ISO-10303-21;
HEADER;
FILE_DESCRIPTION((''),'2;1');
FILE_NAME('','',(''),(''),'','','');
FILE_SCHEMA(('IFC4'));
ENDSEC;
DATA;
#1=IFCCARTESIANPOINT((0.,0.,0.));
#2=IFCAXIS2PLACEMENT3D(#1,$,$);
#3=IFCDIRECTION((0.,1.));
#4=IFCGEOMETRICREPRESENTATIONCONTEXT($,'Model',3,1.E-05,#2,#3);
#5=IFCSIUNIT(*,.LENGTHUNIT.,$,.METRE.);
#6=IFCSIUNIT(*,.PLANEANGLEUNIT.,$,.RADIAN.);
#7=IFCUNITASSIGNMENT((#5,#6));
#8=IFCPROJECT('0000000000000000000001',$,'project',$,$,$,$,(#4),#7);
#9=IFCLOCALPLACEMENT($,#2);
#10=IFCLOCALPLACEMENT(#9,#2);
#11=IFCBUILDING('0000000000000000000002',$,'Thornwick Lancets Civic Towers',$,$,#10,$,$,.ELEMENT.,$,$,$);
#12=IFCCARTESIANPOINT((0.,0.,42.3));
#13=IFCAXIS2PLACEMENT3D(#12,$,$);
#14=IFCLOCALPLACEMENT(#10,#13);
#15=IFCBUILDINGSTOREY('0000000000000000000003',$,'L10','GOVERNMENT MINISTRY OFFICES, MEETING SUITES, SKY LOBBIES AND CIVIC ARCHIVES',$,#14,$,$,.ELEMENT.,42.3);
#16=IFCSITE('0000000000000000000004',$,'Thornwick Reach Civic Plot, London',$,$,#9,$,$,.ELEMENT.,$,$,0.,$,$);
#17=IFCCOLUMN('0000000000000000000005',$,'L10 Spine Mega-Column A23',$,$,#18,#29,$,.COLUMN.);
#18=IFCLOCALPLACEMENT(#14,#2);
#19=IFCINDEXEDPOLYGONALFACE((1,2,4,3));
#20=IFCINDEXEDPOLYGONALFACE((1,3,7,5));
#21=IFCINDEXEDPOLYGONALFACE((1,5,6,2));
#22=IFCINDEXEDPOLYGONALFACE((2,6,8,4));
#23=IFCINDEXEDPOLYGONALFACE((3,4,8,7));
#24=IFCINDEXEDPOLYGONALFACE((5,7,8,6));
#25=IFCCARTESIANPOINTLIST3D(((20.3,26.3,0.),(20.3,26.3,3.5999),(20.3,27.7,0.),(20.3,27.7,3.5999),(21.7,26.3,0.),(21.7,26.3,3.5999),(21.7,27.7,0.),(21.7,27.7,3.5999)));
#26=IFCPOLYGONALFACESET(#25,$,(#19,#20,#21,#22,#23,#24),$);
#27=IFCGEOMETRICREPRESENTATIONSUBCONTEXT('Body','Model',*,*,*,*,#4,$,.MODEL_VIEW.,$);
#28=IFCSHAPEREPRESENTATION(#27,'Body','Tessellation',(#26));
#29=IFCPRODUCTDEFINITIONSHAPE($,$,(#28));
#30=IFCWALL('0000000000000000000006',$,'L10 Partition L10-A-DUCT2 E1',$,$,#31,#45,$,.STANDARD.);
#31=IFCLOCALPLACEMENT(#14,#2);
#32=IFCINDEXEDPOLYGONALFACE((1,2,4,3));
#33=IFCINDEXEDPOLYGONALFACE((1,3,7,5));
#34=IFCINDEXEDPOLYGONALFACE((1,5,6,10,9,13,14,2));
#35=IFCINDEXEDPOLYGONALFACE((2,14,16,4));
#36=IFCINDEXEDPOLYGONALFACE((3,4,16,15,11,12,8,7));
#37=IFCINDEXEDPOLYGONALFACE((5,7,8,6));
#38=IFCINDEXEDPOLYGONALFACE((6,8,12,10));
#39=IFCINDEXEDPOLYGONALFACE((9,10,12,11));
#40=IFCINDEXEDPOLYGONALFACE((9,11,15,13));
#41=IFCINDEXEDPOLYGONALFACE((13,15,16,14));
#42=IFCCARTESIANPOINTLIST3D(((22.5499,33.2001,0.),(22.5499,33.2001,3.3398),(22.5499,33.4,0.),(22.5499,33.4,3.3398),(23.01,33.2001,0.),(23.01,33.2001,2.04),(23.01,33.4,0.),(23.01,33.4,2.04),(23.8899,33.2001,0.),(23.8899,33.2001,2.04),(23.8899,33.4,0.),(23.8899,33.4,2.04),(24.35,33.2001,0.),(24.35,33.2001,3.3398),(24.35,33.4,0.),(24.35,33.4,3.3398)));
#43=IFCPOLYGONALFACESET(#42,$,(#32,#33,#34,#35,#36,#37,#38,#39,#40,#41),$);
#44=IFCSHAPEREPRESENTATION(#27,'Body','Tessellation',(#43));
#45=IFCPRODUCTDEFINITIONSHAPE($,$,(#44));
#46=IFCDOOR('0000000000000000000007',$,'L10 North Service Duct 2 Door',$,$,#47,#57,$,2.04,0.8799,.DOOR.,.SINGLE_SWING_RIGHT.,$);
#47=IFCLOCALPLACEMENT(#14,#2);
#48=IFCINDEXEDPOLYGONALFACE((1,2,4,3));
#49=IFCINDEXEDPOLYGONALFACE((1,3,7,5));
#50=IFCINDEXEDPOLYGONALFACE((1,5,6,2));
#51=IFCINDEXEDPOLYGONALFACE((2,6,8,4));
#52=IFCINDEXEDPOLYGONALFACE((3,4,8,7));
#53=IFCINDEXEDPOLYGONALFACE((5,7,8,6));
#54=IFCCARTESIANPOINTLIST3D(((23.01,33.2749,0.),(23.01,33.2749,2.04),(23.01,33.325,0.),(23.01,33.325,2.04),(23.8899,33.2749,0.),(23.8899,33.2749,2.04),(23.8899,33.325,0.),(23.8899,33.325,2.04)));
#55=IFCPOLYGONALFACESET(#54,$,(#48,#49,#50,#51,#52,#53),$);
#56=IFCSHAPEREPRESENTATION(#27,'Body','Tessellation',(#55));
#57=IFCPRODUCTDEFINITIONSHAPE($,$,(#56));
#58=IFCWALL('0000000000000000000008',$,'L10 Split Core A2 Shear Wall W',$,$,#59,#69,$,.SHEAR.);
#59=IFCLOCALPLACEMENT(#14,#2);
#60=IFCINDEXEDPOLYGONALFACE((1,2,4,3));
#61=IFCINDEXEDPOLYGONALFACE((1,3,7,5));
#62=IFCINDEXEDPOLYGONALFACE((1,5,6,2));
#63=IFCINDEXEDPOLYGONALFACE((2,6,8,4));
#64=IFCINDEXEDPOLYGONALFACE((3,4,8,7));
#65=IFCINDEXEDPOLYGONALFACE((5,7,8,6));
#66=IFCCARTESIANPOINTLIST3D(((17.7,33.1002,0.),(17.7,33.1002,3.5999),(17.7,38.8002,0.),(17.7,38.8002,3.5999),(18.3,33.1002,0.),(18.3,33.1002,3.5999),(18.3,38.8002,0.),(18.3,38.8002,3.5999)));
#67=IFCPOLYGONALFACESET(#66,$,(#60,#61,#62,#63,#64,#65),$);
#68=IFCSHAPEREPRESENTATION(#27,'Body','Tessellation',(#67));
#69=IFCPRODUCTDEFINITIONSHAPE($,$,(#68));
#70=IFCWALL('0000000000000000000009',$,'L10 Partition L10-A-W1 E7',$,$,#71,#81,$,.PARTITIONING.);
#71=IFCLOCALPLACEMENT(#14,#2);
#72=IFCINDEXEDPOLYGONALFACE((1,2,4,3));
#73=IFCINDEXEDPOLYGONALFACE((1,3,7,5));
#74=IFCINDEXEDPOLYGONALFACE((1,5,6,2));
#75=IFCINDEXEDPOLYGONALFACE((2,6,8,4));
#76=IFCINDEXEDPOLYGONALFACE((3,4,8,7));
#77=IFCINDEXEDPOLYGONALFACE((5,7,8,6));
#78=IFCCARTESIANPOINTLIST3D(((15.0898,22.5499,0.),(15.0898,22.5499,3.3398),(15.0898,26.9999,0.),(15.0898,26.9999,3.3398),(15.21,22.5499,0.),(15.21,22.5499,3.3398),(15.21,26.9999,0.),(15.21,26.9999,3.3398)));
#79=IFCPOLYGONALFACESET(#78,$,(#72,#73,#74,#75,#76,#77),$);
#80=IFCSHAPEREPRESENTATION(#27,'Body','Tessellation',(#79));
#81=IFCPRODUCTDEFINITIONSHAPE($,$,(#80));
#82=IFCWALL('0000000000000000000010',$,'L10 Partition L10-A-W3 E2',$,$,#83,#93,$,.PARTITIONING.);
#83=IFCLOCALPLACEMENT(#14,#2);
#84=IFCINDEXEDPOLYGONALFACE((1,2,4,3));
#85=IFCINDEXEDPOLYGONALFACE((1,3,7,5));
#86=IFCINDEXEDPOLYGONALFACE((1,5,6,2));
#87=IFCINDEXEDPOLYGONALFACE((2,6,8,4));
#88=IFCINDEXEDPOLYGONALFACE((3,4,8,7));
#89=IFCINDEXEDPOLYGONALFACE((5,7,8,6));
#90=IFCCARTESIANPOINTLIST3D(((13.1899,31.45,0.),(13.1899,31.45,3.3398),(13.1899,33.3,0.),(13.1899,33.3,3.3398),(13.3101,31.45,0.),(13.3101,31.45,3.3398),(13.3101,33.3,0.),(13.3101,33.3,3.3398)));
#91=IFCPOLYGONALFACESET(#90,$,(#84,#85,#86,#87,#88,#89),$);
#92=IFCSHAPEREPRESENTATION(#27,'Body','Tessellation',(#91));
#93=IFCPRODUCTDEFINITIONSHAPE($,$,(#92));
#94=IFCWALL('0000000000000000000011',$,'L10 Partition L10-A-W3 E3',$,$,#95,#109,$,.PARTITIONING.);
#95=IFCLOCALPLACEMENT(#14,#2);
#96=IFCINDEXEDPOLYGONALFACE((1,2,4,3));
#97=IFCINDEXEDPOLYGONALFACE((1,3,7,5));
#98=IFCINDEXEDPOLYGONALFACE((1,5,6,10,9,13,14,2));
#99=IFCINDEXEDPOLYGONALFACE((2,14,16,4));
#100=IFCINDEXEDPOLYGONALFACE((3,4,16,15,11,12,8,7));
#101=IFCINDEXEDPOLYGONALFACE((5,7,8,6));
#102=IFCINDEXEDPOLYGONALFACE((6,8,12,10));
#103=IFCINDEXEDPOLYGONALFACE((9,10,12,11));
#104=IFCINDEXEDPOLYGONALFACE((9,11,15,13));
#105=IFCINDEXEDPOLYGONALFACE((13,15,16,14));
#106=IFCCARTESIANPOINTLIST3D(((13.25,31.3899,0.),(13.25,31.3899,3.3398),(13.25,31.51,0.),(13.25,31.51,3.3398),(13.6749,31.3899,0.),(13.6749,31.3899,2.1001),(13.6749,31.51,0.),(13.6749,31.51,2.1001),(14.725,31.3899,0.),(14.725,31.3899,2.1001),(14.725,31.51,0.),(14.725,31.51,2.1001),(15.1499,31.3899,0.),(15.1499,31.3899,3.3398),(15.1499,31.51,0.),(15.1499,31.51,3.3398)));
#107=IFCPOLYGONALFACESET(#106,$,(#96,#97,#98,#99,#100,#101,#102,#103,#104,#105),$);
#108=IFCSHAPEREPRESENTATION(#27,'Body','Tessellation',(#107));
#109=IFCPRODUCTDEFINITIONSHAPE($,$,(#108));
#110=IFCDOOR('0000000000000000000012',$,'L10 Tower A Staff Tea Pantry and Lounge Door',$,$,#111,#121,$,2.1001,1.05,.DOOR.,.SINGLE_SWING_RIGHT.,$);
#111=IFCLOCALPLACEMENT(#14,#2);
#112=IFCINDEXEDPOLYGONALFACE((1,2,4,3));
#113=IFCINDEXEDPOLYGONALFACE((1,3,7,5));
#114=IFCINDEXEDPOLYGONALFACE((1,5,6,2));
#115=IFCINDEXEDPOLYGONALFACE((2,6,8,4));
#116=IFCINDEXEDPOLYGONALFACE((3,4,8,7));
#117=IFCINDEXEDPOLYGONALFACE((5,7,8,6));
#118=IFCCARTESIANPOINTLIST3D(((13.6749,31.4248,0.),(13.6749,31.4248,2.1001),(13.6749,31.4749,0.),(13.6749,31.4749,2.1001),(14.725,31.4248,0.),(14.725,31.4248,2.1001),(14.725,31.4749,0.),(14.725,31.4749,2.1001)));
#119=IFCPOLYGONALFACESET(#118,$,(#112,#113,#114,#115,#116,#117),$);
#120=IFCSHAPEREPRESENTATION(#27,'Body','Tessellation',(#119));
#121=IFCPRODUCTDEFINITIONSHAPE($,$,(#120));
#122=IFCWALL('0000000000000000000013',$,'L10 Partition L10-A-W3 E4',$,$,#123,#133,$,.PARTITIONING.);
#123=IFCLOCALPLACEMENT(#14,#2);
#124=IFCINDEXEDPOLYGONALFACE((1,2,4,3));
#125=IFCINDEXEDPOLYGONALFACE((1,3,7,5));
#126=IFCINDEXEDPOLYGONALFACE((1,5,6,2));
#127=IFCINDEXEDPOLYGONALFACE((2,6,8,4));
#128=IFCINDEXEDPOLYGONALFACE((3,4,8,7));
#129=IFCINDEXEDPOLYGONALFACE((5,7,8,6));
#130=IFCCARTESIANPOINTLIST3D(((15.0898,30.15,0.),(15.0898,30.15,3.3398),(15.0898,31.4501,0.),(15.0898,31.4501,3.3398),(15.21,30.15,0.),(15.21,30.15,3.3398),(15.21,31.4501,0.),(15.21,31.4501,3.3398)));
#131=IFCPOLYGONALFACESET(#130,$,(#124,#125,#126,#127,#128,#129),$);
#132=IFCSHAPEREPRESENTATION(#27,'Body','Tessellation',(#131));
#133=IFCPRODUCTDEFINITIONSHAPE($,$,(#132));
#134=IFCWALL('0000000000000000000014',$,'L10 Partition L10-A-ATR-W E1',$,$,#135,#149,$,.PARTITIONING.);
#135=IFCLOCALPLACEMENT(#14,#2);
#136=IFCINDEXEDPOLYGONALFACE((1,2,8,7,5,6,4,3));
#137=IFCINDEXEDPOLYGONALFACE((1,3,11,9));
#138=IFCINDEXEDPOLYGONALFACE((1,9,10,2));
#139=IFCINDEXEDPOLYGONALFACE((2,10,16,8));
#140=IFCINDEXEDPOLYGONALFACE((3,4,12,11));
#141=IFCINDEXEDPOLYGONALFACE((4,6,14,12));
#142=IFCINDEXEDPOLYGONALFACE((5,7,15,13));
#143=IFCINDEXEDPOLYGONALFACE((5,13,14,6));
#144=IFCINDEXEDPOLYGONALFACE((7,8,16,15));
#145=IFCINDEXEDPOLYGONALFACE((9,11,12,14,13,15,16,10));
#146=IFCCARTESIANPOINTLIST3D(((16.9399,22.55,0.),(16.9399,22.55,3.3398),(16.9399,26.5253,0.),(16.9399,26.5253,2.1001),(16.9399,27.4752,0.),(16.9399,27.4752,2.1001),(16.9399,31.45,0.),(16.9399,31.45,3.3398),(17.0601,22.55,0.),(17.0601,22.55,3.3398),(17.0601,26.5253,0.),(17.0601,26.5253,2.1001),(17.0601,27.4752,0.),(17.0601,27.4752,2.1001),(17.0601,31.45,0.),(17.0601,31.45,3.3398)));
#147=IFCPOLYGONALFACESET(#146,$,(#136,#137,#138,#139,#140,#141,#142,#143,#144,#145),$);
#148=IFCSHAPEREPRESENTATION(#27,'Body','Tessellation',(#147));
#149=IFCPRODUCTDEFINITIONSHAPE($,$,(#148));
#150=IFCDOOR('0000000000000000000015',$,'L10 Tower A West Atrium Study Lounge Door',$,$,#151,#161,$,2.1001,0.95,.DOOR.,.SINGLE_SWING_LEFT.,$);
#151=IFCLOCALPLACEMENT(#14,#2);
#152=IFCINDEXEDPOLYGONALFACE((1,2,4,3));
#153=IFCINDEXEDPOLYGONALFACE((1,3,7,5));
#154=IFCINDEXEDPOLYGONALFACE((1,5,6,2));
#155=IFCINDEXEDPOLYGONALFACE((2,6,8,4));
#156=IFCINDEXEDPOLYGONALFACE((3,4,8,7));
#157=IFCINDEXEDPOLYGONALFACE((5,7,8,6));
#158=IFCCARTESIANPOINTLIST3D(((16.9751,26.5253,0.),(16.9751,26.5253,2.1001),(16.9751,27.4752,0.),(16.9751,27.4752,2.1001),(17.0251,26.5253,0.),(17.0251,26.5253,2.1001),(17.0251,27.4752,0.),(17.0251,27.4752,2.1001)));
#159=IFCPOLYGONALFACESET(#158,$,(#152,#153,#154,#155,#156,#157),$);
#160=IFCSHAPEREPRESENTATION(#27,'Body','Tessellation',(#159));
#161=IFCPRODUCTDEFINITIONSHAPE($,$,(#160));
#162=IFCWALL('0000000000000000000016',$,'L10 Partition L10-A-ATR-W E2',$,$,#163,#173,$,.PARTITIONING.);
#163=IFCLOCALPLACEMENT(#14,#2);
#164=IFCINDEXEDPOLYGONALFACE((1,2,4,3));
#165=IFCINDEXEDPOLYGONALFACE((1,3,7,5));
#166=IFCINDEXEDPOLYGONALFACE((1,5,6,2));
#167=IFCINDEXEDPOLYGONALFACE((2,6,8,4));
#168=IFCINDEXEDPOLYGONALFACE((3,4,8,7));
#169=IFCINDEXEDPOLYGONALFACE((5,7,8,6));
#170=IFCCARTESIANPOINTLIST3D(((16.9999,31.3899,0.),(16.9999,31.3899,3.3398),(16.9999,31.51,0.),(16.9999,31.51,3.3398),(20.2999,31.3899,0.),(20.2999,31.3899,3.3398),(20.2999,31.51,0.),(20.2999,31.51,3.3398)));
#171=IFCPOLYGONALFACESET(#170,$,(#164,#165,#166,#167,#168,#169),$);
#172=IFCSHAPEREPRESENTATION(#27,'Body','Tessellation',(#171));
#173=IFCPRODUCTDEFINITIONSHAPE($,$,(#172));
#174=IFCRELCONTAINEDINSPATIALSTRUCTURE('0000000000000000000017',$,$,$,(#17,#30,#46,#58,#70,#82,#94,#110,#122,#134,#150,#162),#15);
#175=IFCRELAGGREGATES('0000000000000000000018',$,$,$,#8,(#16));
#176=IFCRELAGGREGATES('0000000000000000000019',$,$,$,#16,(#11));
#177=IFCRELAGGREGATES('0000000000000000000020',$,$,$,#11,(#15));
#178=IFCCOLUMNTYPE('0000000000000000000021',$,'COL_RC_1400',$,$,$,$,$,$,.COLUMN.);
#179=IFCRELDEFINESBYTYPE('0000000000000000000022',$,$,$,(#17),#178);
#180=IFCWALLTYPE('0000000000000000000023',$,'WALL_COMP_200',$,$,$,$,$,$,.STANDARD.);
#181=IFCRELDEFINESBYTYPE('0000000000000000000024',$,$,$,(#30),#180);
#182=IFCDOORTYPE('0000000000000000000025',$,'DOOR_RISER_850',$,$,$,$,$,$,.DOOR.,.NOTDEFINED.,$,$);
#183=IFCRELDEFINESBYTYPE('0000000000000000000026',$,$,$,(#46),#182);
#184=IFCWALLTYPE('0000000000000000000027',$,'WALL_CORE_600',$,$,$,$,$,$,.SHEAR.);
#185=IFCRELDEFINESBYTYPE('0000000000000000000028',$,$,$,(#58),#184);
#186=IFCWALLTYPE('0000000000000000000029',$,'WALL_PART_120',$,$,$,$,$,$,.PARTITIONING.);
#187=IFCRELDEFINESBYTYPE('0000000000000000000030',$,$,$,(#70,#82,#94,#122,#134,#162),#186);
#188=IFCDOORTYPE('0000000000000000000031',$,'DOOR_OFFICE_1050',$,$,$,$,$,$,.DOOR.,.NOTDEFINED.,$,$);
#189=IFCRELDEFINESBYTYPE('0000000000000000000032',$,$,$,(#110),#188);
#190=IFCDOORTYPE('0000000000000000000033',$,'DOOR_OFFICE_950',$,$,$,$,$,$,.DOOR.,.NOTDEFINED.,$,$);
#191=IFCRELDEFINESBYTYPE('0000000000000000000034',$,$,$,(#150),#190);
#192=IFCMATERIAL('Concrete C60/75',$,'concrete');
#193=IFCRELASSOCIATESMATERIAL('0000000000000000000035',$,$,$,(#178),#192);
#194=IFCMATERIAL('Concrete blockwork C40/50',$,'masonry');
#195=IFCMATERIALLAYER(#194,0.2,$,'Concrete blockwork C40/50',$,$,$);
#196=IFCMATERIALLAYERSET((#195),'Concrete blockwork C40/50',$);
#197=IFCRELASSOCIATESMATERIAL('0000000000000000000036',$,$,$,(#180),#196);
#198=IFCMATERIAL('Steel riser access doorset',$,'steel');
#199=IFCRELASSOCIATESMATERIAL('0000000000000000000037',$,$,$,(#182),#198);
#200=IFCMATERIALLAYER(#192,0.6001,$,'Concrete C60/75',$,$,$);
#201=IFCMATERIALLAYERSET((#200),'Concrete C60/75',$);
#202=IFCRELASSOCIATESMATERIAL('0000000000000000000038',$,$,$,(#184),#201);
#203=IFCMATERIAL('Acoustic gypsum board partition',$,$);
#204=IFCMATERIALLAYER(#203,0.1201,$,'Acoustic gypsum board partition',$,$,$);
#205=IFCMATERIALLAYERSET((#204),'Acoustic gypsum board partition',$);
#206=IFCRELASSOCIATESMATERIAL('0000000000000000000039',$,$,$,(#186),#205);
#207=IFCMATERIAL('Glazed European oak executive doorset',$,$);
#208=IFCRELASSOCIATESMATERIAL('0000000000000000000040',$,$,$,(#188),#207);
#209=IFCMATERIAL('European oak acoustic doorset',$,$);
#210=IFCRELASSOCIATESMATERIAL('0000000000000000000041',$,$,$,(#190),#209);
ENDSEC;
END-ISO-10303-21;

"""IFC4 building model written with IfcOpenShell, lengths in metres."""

from ifc_helpers import new_model, si_unit, direction, frame, frame_2d, origin, origin_2d, place, context, subcontext, project, spatial, rectangle, extrude, material, layer, layer_set, material_profile, profile_set, type_object, element, fill, save


model = new_model("IFC4")

# Units and contexts
model_context = context("Model", 3, precision=1e-05, world=origin(), true_north=direction((0.0, 1.0)))
body_context = subcontext(model_context, "Body", "Model", "MODEL_VIEW")
ifc_project = project(units=[si_unit("LENGTHUNIT", "METRE"), si_unit("PLANEANGLEUNIT", "RADIAN")], contexts=[model_context])

# Site, building, storey
site_placement = place(None, origin())
site = spatial("IfcSite", under=ifc_project, at=site_placement, Name="Thornwick Reach Civic Plot, London", CompositionType="ELEMENT", RefElevation=0.0)
building_placement = place(site_placement, origin())
building = spatial("IfcBuilding", under=site, at=building_placement, Name="Thornwick Lancets Civic Towers", CompositionType="ELEMENT")
storey_placement = place(building_placement, frame((0.0, 0.0, 42.3)))
storey = spatial("IfcBuildingStorey", under=building, at=storey_placement, Name="L10", Description="GOVERNMENT MINISTRY OFFICES, MEETING SUITES, SKY LOBBIES AND CIVIC ARCHIVES", CompositionType="ELEMENT", Elevation=42.3)

# Column
ifc_material_1 = material(Name="Concrete C60/75", Category="concrete")
ifc_material_profile = material_profile(ifc_material_1, rectangle(XDim=1.3999, YDim=1.3999, at=origin_2d()), Name="RC 1400x1400")
ifc_profile_set = profile_set([ifc_material_profile], Name="Concrete C60/75")
column_type = type_object("IfcColumnType", Name="COL_RC_1400", PredefinedType="COLUMN", material=ifc_profile_set)
column_placement = place(storey_placement, frame((21.0, 27.0, 0.0), z_axis=(0.0, 0.0, 1.0), x_axis=(1.0, 0.0, 0.0)))
element("IfcColumn", 1, at=column_placement, inside=storey, type_object=column_type, Name="L10 Spine Mega-Column A23", PredefinedType="COLUMN", context=body_context, shape_type="SweptSolid", body=[
    extrude(rectangle(XDim=1.3999, YDim=1.3999, at=origin_2d()), origin(), (0.0, 0.0, 1.0), 3.5999),
])

# Wall, opening, door
ifc_material_2 = material(Name="Concrete blockwork C40/50", Category="masonry")
ifc_layer_1 = layer(ifc_material_2, 0.2, Name="Concrete blockwork C40/50")
ifc_layer_set_1 = layer_set([ifc_layer_1], Name="Concrete blockwork C40/50")
wall_type_1 = type_object("IfcWallType", Name="WALL_COMP_200", PredefinedType="STANDARD", material=ifc_layer_set_1)
wall_1_placement = place(storey_placement, frame((22.55, 33.3, 0.0), z_axis=(0.0, 0.0, 1.0), x_axis=(1.0, 0.0, 0.0)))
wall_1 = element("IfcWall", 2, at=wall_1_placement, inside=storey, type_object=wall_type_1, Name="L10 Partition L10-A-DUCT2 E1", PredefinedType="STANDARD", context=body_context, shape_type="SweptSolid", body=[
    extrude(rectangle(XDim=1.8, YDim=0.2, at=frame_2d((0.8999, 0.0))), origin(), (0.0, 0.0, 1.0), 3.3398),
])
opening_1_placement = place(wall_1_placement, frame((0.46, 0.0, 0.0)))
opening_1 = element("IfcOpeningElement", 3, at=opening_1_placement, cuts=wall_1, PredefinedType="OPENING", context=body_context, shape_type="SweptSolid", body=[
    extrude(rectangle(XDim=0.8799, YDim=2.04, at=frame_2d((0.4399, 1.02))), frame((0.0, 0.1099, 0.0), z_axis=(0.0, -1.0, 0.0), x_axis=(1.0, 0.0, 0.0)), (0.0, 0.0, 1.0), 0.22),
])
ifc_material_3 = material(Name="Steel riser access doorset", Category="steel")
door_type_1 = type_object("IfcDoorType", Name="DOOR_RISER_850", OperationType="NOTDEFINED", PredefinedType="DOOR", material=ifc_material_3)
door_1_placement = place(opening_1_placement, origin())
door_1 = element("IfcDoor", 4, at=door_1_placement, inside=storey, type_object=door_type_1, Name="L10 North Service Duct 2 Door", OperationType="SINGLE_SWING_RIGHT", OverallHeight=2.04, OverallWidth=0.8799, PredefinedType="DOOR", context=body_context, shape_type="SweptSolid", body=[
    extrude(rectangle(XDim=0.8799, YDim=2.04, at=frame_2d((0.4399, 1.02))), frame((0.0, 0.0249, 0.0), z_axis=(0.0, -1.0, 0.0), x_axis=(1.0, 0.0, 0.0)), (0.0, 0.0, 1.0), 0.05),
])
fill(opening_1, door_1)

# Walls
ifc_layer_2 = layer(ifc_material_1, 0.6001, Name="Concrete C60/75")
ifc_layer_set_2 = layer_set([ifc_layer_2], Name="Concrete C60/75")
wall_type_2 = type_object("IfcWallType", Name="WALL_CORE_600", PredefinedType="SHEAR", material=ifc_layer_set_2)
wall_2_placement = place(storey_placement, frame((18.0, 33.1001, 0.0), z_axis=(0.0, 0.0, 1.0), x_axis=(0.0, 1.0, 0.0)))
element("IfcWall", 5, at=wall_2_placement, inside=storey, type_object=wall_type_2, Name="L10 Split Core A2 Shear Wall W", PredefinedType="SHEAR", context=body_context, shape_type="SweptSolid", body=[
    extrude(rectangle(XDim=5.7, YDim=0.6001, at=frame_2d((2.8501, 0.0))), origin(), (0.0, 0.0, 1.0), 3.5999),
])
ifc_material_4 = material(Name="Acoustic gypsum board partition")
ifc_layer_3 = layer(ifc_material_4, 0.1201, Name="Acoustic gypsum board partition")
ifc_layer_set_3 = layer_set([ifc_layer_3], Name="Acoustic gypsum board partition")
wall_type_3 = type_object("IfcWallType", Name="WALL_PART_120", PredefinedType="PARTITIONING", material=ifc_layer_set_3)
wall_3_placement = place(storey_placement, frame((15.1499, 27.0, 0.0), z_axis=(0.0, 0.0, 1.0), x_axis=(0.0, -1.0, 0.0)))
element("IfcWall", 6, at=wall_3_placement, inside=storey, type_object=wall_type_3, Name="L10 Partition L10-A-W1 E7", PredefinedType="PARTITIONING", context=body_context, shape_type="SweptSolid", body=[
    extrude(rectangle(XDim=4.45, YDim=0.1201, at=frame_2d((2.2251, 0.0))), origin(), (0.0, 0.0, 1.0), 3.3398),
])
wall_4_placement = place(storey_placement, frame((13.25, 33.3, 0.0), z_axis=(0.0, 0.0, 1.0), x_axis=(0.0, -1.0, 0.0)))
element("IfcWall", 7, at=wall_4_placement, inside=storey, type_object=wall_type_3, Name="L10 Partition L10-A-W3 E2", PredefinedType="PARTITIONING", context=body_context, shape_type="SweptSolid", body=[
    extrude(rectangle(XDim=1.8501, YDim=0.1201, at=frame_2d((0.925, 0.0))), origin(), (0.0, 0.0, 1.0), 3.3398),
])

# Wall, opening, door
wall_5_placement = place(storey_placement, frame((13.25, 31.45, 0.0), z_axis=(0.0, 0.0, 1.0), x_axis=(1.0, 0.0, 0.0)))
wall_5 = element("IfcWall", 8, at=wall_5_placement, inside=storey, type_object=wall_type_3, Name="L10 Partition L10-A-W3 E3", PredefinedType="PARTITIONING", context=body_context, shape_type="SweptSolid", body=[
    extrude(rectangle(XDim=1.8999, YDim=0.1201, at=frame_2d((0.95, 0.0))), origin(), (0.0, 0.0, 1.0), 3.3398),
])
opening_2_placement = place(wall_5_placement, frame((0.425, 0.0, 0.0)))
opening_2 = element("IfcOpeningElement", 9, at=opening_2_placement, cuts=wall_5, PredefinedType="OPENING", context=body_context, shape_type="SweptSolid", body=[
    extrude(rectangle(XDim=1.05, YDim=2.1001, at=frame_2d((0.5249, 1.05))), frame((0.0, 0.0701, 0.0), z_axis=(0.0, -1.0, 0.0), x_axis=(1.0, 0.0, 0.0)), (0.0, 0.0, 1.0), 0.1401),
])
ifc_material_5 = material(Name="Glazed European oak executive doorset")
door_type_2 = type_object("IfcDoorType", Name="DOOR_OFFICE_1050", OperationType="NOTDEFINED", PredefinedType="DOOR", material=ifc_material_5)
door_2_placement = place(opening_2_placement, origin())
door_2 = element("IfcDoor", 10, at=door_2_placement, inside=storey, type_object=door_type_2, Name="L10 Tower A Staff Tea Pantry and Lounge Door", OperationType="SINGLE_SWING_RIGHT", OverallHeight=2.1001, OverallWidth=1.05, PredefinedType="DOOR", context=body_context, shape_type="SweptSolid", body=[
    extrude(rectangle(XDim=1.05, YDim=2.1001, at=frame_2d((0.5249, 1.05))), frame((0.0, 0.0249, 0.0), z_axis=(0.0, -1.0, 0.0), x_axis=(1.0, 0.0, 0.0)), (0.0, 0.0, 1.0), 0.05),
])
fill(opening_2, door_2)

# Wall
wall_6_placement = place(storey_placement, frame((15.1499, 31.45, 0.0), z_axis=(0.0, 0.0, 1.0), x_axis=(0.0, -1.0, 0.0)))
element("IfcWall", 11, at=wall_6_placement, inside=storey, type_object=wall_type_3, Name="L10 Partition L10-A-W3 E4", PredefinedType="PARTITIONING", context=body_context, shape_type="SweptSolid", body=[
    extrude(rectangle(XDim=1.3, YDim=0.1201, at=frame_2d((0.6499, 0.0))), origin(), (0.0, 0.0, 1.0), 3.3398),
])

# Wall, opening, door
wall_7_placement = place(storey_placement, frame((17.0, 22.55, 0.0), z_axis=(0.0, 0.0, 1.0), x_axis=(0.0, 1.0, 0.0)))
wall_7 = element("IfcWall", 12, at=wall_7_placement, inside=storey, type_object=wall_type_3, Name="L10 Partition L10-A-ATR-W E1", PredefinedType="PARTITIONING", context=body_context, shape_type="SweptSolid", body=[
    extrude(rectangle(XDim=8.8999, YDim=0.1201, at=frame_2d((4.45, 0.0))), origin(), (0.0, 0.0, 1.0), 3.3398),
])
opening_3_placement = place(wall_7_placement, frame((3.9751, 0.0, 0.0)))
opening_3 = element("IfcOpeningElement", 13, at=opening_3_placement, cuts=wall_7, PredefinedType="OPENING", context=body_context, shape_type="SweptSolid", body=[
    extrude(rectangle(XDim=0.95, YDim=2.1001, at=frame_2d((0.4751, 1.05))), frame((0.0, 0.0701, 0.0), z_axis=(0.0, -1.0, 0.0), x_axis=(1.0, 0.0, 0.0)), (0.0, 0.0, 1.0), 0.1401),
])
ifc_material_6 = material(Name="European oak acoustic doorset")
door_type_3 = type_object("IfcDoorType", Name="DOOR_OFFICE_950", OperationType="NOTDEFINED", PredefinedType="DOOR", material=ifc_material_6)
door_3_placement = place(opening_3_placement, origin())
door_3 = element("IfcDoor", 14, at=door_3_placement, inside=storey, type_object=door_type_3, Name="L10 Tower A West Atrium Study Lounge Door", OperationType="SINGLE_SWING_LEFT", OverallHeight=2.1001, OverallWidth=0.95, PredefinedType="DOOR", context=body_context, shape_type="SweptSolid", body=[
    extrude(rectangle(XDim=0.95, YDim=2.1001, at=frame_2d((0.4751, 1.05))), frame((0.0, 0.0249, 0.0), z_axis=(0.0, -1.0, 0.0), x_axis=(1.0, 0.0, 0.0)), (0.0, 0.0, 1.0), 0.05),
])
fill(opening_3, door_3)

# Wall
wall_8_placement = place(storey_placement, frame((17.0, 31.45, 0.0), z_axis=(0.0, 0.0, 1.0), x_axis=(1.0, 0.0, 0.0)))
element("IfcWall", 15, at=wall_8_placement, inside=storey, type_object=wall_type_3, Name="L10 Partition L10-A-ATR-W E2", PredefinedType="PARTITIONING", context=body_context, shape_type="SweptSolid", body=[
    extrude(rectangle(XDim=3.3, YDim=0.1201, at=frame_2d((1.6499, 0.0))), origin(), (0.0, 0.0, 1.0), 3.3398),
])

save(model, "model.ifc")
